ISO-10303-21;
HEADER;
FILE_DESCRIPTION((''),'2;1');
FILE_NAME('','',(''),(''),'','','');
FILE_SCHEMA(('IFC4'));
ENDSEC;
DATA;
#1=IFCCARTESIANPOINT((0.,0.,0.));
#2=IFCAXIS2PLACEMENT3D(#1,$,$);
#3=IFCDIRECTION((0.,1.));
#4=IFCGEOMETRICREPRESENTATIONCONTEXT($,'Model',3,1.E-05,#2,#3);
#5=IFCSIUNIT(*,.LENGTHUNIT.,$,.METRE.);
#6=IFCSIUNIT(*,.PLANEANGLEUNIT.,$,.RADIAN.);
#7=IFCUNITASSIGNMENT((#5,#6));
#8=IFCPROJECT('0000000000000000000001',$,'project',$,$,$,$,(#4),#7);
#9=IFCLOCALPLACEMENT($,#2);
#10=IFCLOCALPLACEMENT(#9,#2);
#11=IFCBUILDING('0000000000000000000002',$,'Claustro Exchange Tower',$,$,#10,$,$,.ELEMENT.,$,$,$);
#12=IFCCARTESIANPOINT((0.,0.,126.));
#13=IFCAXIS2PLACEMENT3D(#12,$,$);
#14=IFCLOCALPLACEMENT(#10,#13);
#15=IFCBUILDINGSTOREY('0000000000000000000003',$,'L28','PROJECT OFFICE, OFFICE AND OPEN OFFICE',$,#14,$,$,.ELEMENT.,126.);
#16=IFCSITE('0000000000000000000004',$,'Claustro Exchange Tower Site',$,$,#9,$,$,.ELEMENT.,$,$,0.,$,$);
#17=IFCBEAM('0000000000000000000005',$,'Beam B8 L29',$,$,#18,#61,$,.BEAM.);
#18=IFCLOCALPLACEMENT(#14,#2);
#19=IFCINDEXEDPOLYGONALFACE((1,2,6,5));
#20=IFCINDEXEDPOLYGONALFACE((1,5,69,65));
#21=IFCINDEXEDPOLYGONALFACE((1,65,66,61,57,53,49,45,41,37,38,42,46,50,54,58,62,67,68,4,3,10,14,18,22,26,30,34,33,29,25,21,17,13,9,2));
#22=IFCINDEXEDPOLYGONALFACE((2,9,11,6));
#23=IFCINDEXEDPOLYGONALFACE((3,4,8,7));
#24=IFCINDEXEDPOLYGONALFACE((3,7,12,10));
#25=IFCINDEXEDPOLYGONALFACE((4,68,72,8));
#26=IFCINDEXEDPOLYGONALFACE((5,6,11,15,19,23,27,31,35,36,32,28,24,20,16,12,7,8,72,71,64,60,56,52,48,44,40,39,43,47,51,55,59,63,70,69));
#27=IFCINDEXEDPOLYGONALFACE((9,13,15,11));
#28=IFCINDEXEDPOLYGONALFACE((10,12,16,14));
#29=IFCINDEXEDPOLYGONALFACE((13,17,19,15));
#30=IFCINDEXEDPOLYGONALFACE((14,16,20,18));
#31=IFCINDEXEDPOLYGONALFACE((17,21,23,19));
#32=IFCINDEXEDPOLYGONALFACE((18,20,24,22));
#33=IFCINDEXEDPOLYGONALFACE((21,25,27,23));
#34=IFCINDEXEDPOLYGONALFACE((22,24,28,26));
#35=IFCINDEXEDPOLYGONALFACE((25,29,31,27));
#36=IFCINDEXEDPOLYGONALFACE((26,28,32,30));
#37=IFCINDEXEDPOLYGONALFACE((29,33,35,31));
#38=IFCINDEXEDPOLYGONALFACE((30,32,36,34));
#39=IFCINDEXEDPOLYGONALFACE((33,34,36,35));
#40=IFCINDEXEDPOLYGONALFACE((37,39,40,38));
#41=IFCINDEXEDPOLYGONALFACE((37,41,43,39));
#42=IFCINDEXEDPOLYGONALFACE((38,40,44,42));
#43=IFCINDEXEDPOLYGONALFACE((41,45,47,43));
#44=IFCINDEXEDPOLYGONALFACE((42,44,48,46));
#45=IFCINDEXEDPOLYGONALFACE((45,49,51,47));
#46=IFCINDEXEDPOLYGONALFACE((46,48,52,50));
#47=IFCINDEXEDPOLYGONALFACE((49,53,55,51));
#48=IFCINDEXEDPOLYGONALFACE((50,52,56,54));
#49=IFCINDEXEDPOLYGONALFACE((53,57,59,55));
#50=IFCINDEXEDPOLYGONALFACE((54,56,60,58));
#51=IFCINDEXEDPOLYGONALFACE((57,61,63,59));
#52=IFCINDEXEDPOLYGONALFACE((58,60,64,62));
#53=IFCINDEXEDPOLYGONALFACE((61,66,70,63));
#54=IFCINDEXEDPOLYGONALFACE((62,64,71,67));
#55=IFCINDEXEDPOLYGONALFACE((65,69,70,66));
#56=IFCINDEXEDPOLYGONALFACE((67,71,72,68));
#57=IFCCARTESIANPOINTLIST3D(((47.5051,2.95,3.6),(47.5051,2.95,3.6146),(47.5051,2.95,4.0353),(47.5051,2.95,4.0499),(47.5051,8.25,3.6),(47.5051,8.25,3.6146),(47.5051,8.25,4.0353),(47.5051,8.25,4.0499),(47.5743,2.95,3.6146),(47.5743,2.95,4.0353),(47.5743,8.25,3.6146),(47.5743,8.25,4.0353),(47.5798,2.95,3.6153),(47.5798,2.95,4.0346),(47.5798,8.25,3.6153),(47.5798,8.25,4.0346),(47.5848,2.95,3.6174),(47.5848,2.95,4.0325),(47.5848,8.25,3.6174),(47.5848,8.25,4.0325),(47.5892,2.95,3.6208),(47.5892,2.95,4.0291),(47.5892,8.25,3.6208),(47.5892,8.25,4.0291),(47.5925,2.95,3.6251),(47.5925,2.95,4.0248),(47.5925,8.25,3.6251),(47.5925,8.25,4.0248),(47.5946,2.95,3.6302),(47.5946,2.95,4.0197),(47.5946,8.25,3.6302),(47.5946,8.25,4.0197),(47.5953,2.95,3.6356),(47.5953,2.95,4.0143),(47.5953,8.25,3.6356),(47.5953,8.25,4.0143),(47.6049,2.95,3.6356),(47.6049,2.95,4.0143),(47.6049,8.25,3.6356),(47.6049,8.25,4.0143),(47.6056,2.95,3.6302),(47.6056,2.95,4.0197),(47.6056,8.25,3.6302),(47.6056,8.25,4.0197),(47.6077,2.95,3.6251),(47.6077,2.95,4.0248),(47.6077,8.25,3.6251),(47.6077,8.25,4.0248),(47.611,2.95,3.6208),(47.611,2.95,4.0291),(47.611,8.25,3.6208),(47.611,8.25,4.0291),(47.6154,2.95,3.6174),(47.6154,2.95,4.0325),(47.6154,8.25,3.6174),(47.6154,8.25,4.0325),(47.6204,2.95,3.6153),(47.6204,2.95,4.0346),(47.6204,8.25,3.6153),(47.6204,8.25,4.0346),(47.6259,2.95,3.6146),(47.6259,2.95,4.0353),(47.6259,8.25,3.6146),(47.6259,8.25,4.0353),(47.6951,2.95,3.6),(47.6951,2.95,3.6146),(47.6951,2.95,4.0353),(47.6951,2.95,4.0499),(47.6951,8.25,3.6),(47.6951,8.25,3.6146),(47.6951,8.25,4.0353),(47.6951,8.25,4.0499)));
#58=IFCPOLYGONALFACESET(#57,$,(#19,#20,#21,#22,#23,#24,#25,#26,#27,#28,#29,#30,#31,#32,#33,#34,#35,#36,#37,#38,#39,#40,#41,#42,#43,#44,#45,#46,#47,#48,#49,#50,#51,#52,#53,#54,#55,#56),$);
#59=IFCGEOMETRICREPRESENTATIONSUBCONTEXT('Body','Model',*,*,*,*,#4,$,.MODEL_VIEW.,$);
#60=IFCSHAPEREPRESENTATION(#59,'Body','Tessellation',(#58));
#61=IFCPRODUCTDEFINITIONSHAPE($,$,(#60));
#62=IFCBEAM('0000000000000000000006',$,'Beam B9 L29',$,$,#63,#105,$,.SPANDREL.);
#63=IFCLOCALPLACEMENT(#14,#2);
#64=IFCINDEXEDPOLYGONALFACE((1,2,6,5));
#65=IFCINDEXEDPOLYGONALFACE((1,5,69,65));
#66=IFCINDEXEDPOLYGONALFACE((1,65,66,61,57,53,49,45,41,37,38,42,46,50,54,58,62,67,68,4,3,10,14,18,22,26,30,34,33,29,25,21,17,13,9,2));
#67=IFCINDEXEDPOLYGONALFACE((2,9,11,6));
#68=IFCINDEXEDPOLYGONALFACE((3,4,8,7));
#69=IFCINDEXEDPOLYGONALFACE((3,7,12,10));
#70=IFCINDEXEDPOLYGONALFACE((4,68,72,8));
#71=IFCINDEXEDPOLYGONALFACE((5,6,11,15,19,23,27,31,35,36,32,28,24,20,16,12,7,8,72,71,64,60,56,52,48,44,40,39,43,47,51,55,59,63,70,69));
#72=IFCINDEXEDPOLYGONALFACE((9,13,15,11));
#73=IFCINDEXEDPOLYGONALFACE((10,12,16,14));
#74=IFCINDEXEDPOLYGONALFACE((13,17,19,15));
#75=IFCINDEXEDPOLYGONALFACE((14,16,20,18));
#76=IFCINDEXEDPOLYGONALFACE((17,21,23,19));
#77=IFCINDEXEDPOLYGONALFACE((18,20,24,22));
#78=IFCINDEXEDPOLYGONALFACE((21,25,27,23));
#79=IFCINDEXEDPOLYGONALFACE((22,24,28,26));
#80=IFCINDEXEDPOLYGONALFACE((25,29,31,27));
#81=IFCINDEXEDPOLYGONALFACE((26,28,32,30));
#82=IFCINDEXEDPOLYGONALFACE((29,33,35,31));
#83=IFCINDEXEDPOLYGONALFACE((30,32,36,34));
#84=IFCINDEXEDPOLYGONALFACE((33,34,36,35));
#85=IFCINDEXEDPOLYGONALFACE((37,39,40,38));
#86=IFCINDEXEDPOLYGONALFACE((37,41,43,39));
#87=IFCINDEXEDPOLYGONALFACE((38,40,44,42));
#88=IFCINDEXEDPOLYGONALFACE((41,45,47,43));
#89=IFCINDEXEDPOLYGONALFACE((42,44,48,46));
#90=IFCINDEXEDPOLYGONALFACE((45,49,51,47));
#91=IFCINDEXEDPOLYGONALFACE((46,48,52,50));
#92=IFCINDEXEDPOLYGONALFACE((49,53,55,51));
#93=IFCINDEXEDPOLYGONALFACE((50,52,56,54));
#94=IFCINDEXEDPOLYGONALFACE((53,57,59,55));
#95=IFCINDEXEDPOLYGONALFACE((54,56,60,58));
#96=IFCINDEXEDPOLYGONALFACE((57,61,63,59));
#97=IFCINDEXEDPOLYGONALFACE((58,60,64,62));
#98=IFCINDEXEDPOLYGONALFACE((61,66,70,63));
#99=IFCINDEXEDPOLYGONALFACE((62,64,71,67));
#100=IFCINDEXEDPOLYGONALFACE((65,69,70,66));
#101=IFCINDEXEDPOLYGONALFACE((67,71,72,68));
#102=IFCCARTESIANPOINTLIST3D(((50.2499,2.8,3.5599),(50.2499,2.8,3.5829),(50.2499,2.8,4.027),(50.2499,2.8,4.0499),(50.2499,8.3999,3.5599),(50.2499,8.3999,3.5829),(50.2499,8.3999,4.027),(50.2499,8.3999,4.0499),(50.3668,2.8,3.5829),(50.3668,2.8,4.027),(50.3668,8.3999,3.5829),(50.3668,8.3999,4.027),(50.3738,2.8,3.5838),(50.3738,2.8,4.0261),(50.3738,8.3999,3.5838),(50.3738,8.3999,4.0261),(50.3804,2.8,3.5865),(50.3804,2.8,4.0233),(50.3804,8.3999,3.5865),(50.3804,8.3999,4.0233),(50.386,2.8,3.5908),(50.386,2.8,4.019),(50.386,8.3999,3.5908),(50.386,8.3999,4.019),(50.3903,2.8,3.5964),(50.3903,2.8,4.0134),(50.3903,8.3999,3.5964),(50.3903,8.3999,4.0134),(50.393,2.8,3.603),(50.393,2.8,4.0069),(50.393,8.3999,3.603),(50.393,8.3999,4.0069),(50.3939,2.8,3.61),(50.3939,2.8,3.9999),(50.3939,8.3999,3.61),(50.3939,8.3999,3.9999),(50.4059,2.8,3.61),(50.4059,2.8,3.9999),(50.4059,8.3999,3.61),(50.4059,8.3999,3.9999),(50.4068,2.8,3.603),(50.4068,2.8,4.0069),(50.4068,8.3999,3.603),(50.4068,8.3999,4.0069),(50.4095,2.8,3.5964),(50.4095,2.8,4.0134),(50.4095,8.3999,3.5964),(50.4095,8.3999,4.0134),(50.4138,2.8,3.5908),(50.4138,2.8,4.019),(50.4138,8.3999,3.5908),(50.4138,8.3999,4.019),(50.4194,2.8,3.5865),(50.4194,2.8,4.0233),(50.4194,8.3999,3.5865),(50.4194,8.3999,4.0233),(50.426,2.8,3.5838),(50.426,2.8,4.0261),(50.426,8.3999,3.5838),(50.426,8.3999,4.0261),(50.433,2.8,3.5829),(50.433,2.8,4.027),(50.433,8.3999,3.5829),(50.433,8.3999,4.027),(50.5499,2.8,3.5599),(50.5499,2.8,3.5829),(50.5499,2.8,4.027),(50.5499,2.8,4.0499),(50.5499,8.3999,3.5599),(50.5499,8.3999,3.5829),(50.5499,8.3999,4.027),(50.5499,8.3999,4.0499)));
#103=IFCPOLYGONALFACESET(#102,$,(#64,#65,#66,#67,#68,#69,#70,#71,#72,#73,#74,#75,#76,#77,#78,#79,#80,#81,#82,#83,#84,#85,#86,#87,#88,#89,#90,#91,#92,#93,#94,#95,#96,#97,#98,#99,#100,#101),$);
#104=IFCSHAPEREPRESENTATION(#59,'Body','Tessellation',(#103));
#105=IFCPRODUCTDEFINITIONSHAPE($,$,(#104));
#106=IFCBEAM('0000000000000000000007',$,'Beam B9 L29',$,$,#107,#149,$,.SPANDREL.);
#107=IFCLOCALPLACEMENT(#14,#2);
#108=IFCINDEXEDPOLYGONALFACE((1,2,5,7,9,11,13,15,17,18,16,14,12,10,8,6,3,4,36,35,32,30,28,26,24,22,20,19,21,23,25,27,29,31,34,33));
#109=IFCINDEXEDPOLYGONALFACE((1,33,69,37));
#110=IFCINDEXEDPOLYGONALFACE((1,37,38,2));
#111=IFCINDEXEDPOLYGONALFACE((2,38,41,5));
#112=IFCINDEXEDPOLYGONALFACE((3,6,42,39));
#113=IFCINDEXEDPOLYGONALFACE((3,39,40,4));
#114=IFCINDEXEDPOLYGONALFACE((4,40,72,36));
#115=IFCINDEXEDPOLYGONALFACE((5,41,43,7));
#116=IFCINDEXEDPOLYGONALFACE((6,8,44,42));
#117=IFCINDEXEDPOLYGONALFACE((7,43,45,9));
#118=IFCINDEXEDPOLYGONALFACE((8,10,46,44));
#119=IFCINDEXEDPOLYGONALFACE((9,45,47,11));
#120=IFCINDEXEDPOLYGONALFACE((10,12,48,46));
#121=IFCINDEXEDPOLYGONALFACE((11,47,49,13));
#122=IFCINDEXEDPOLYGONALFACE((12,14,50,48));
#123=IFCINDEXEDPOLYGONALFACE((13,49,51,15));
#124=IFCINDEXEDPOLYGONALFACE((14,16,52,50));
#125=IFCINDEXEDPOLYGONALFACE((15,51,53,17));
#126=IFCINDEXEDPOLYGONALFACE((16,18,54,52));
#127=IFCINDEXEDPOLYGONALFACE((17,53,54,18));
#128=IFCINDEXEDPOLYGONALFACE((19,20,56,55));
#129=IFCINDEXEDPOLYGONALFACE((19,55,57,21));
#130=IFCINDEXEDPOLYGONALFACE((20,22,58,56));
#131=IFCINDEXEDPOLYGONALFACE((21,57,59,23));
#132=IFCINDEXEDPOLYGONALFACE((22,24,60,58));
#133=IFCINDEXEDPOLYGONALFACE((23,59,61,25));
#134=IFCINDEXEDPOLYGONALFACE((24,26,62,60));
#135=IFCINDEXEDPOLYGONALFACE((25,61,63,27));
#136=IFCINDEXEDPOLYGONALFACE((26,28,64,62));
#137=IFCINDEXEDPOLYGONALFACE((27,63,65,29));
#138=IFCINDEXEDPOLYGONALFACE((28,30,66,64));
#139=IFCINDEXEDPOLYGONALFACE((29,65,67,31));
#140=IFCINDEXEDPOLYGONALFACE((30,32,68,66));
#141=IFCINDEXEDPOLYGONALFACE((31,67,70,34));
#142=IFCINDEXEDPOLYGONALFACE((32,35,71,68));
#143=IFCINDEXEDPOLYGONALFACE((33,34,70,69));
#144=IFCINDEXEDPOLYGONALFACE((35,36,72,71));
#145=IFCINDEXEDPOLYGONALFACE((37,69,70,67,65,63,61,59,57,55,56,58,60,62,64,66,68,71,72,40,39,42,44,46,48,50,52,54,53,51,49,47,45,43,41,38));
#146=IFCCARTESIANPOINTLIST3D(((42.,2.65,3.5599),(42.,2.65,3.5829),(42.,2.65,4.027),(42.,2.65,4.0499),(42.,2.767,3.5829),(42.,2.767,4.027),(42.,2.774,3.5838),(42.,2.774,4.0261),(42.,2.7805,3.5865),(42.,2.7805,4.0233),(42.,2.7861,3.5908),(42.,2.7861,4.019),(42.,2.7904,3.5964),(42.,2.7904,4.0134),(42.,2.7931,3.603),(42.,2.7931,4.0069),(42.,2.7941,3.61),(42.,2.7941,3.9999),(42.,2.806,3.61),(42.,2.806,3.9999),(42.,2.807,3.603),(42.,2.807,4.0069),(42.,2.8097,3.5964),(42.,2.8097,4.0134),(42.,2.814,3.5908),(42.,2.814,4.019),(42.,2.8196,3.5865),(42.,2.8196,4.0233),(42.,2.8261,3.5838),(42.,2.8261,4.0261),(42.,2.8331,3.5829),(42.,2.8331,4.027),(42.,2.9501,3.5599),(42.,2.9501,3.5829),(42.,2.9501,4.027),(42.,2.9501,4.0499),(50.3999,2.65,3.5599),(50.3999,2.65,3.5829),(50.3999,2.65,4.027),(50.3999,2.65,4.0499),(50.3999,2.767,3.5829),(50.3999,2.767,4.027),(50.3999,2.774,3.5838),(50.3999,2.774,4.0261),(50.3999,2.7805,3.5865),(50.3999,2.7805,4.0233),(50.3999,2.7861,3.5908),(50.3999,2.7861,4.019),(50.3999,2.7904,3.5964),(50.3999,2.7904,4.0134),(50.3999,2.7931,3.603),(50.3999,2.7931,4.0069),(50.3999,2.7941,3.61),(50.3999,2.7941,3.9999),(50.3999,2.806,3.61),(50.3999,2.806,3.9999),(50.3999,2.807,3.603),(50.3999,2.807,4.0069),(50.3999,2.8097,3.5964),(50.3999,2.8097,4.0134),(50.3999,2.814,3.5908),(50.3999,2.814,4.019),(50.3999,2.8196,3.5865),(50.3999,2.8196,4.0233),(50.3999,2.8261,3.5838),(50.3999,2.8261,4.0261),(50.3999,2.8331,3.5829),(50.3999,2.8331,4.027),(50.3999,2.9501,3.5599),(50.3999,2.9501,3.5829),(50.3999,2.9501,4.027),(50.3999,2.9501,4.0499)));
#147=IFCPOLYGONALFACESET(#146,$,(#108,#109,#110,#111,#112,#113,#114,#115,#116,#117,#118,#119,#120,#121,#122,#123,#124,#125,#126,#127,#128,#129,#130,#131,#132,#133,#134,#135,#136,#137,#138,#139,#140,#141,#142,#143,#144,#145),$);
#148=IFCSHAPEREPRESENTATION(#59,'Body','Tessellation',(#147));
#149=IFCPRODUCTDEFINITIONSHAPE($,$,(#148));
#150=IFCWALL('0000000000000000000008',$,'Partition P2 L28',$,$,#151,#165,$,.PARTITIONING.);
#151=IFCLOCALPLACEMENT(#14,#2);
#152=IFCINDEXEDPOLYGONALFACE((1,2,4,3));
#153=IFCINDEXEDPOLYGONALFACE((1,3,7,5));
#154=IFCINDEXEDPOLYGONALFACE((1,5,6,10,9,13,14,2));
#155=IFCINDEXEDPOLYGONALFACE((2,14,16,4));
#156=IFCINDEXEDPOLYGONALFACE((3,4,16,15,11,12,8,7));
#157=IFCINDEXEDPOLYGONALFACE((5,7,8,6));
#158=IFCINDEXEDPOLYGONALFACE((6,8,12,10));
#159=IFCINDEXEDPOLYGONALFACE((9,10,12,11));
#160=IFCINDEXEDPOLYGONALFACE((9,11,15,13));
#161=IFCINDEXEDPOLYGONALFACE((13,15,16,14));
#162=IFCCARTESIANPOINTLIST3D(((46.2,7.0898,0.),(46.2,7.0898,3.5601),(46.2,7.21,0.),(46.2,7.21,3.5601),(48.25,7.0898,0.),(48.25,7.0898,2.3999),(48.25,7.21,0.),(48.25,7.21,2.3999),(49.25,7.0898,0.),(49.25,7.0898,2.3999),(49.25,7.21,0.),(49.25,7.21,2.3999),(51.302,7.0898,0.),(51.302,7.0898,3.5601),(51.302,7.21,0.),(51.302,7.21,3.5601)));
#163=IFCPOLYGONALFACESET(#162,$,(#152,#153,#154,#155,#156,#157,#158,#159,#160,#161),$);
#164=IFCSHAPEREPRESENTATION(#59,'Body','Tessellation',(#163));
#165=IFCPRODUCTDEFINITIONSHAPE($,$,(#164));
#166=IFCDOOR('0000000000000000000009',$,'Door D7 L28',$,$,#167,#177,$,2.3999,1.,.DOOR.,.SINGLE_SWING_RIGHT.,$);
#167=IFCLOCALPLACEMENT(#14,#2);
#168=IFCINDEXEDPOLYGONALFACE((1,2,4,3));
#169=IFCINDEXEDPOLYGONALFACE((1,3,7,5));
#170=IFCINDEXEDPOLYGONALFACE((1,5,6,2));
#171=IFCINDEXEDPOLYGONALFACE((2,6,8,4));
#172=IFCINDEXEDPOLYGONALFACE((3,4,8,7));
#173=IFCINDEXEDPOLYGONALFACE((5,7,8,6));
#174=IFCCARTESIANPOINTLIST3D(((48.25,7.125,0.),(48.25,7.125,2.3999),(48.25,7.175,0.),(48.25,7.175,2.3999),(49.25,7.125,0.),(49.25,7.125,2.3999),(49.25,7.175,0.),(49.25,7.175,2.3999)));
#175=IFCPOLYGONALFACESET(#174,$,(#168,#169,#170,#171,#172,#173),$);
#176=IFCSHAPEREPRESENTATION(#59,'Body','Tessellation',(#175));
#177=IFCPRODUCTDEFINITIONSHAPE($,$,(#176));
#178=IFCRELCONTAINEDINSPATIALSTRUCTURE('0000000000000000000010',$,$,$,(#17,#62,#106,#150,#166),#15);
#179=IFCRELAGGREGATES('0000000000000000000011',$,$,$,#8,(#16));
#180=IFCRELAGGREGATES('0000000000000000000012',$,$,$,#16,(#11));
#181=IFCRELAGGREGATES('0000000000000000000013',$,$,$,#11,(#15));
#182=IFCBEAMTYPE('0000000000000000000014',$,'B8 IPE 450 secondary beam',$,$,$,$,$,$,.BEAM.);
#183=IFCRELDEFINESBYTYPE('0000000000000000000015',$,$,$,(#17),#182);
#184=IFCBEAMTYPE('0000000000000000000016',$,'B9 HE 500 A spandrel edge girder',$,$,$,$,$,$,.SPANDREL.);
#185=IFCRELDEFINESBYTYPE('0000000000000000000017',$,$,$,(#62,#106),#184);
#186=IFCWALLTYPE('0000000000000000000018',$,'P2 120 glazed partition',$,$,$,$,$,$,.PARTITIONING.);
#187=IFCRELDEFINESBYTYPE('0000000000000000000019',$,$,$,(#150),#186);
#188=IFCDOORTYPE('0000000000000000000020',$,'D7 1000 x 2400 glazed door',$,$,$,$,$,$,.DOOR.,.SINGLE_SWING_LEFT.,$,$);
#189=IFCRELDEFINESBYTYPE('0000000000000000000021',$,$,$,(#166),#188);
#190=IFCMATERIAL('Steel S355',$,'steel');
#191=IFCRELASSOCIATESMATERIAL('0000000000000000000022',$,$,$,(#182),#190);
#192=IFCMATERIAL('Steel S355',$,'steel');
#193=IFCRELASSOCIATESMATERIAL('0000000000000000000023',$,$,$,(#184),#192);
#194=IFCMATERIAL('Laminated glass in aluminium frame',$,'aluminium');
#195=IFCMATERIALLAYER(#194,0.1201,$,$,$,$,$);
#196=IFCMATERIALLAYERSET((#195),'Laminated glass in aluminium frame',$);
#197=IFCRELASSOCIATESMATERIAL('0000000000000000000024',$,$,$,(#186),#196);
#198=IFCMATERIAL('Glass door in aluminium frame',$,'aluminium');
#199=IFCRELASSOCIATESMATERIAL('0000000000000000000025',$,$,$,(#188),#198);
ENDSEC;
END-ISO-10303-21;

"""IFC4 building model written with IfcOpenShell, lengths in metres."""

from ifc_helpers import new_model, si_unit, direction, frame, frame_2d, origin, origin_2d, place, context, subcontext, project, spatial, rectangle, i_section, extrude, material, layer, layer_set, material_profile, profile_set, type_object, element, fill, save


model = new_model("IFC4")

# Units and contexts
model_context = context("Model", 3, precision=1e-05, world=origin(), true_north=direction((0.0, 1.0)))
body_context = subcontext(model_context, "Body", "Model", "MODEL_VIEW")
ifc_project = project(units=[si_unit("LENGTHUNIT", "METRE"), si_unit("PLANEANGLEUNIT", "RADIAN")], contexts=[model_context])

# Site, building, storey
site_placement = place(None, origin())
site = spatial("IfcSite", under=ifc_project, at=site_placement, Name="Claustro Exchange Tower Site", CompositionType="ELEMENT", RefElevation=0.0)
building_placement = place(site_placement, origin())
building = spatial("IfcBuilding", under=site, at=building_placement, Name="Claustro Exchange Tower", CompositionType="ELEMENT")
storey_placement = place(building_placement, frame((0.0, 0.0, 126.0)))
storey = spatial("IfcBuildingStorey", under=building, at=storey_placement, Name="L28", Description="PROJECT OFFICE, OFFICE AND OPEN OFFICE", CompositionType="ELEMENT", Elevation=126.0)

# Beams
ifc_material_1 = material(Name="Steel S355", Category="steel")
ifc_material_profile_1 = material_profile(ifc_material_1, i_section(OverallWidth=0.1899, OverallDepth=0.45, WebThickness=0.0095, FlangeThickness=0.0146, FilletRadius=0.021, at=origin_2d()), Name="IPE 450")
ifc_profile_set_1 = profile_set([ifc_material_profile_1], Name="Steel S355")
beam_type_1 = type_object("IfcBeamType", Name="B8 IPE 450 secondary beam", PredefinedType="BEAM", material=ifc_profile_set_1)
for number, where, z_axis, x_axis, name in (
    (1, (47.6001, 2.95, 3.825), (0.0, 1.0, 0.0), (-1.0, 0.0, 0.0), "Beam B8 L29"),
):
    element("IfcBeam", number, at=place(storey_placement, frame(where, z_axis=z_axis, x_axis=x_axis)), inside=storey, type_object=beam_type_1, Name=name, PredefinedType="BEAM", context=body_context, shape_type="SweptSolid", body=[
        extrude(i_section(OverallWidth=0.1899, OverallDepth=0.45, WebThickness=0.0095, FlangeThickness=0.0146, FilletRadius=0.021, at=origin_2d()), origin(), (0.0, 0.0, 1.0), 5.3),
    ])
ifc_material_2 = material(Name="Steel S355", Category="steel")
ifc_material_profile_2 = material_profile(ifc_material_2, i_section(OverallWidth=0.3, OverallDepth=0.49, WebThickness=0.012, FlangeThickness=0.0229, FilletRadius=0.0271, at=origin_2d()), Name="HE 500 A")
ifc_profile_set_2 = profile_set([ifc_material_profile_2], Name="Steel S355")
beam_type_2 = type_object("IfcBeamType", Name="B9 HE 500 A spandrel edge girder", PredefinedType="SPANDREL", material=ifc_profile_set_2)
beam_1_placement = place(storey_placement, frame((50.3999, 2.8, 3.8049), z_axis=(0.0, 1.0, 0.0), x_axis=(-1.0, 0.0, 0.0)))
element("IfcBeam", 2, at=beam_1_placement, inside=storey, type_object=beam_type_2, Name="Beam B9 L29", PredefinedType="SPANDREL", context=body_context, shape_type="SweptSolid", body=[
    extrude(i_section(OverallWidth=0.3, OverallDepth=0.49, WebThickness=0.012, FlangeThickness=0.0229, FilletRadius=0.0271, at=origin_2d()), origin(), (0.0, 0.0, 1.0), 5.5999),
])
beam_2_placement = place(storey_placement, frame((42.0, 2.8, 3.8049), z_axis=(1.0, 0.0, 0.0), x_axis=(0.0, 1.0, 0.0)))
element("IfcBeam", 3, at=beam_2_placement, inside=storey, type_object=beam_type_2, Name="Beam B9 L29", PredefinedType="SPANDREL", context=body_context, shape_type="SweptSolid", body=[
    extrude(i_section(OverallWidth=0.3, OverallDepth=0.49, WebThickness=0.012, FlangeThickness=0.0229, FilletRadius=0.0271, at=origin_2d()), origin(), (0.0, 0.0, 1.0), 8.3999),
])

# Wall, opening, door
ifc_material_3 = material(Name="Laminated glass in aluminium frame", Category="aluminium")
ifc_layer_1 = layer(ifc_material_3, 0.1201)
ifc_layer_set_1 = layer_set([ifc_layer_1], Name="Laminated glass in aluminium frame")
wall_type_1 = type_object("IfcWallType", Name="P2 120 glazed partition", PredefinedType="PARTITIONING", material=ifc_layer_set_1)
wall_1_placement = place(storey_placement, frame((46.2, 7.1499, 0.0), z_axis=(0.0, 0.0, 1.0), x_axis=(1.0, 0.0, 0.0)))
wall_1 = element("IfcWall", 4, at=wall_1_placement, inside=storey, type_object=wall_type_1, Name="Partition P2 L28", PredefinedType="PARTITIONING", context=body_context, shape_type="SweptSolid", body=[
    extrude(rectangle(XDim=5.1021, YDim=0.1201, at=frame_2d((2.551, 0.0))), origin(), (0.0, 0.0, 1.0), 3.5601),
])
opening_1_placement = place(wall_1_placement, frame((2.05, 0.0, 0.0)))
opening_1 = element("IfcOpeningElement", 5, at=opening_1_placement, cuts=wall_1, PredefinedType="OPENING", context=body_context, shape_type="SweptSolid", body=[
    extrude(rectangle(XDim=1.0, YDim=2.3999, at=frame_2d((0.5, 1.2))), frame((0.0, 0.0701, 0.0), z_axis=(0.0, -1.0, 0.0), x_axis=(1.0, 0.0, 0.0)), (0.0, 0.0, 1.0), 0.1401),
])
ifc_material_4 = material(Name="Glass door in aluminium frame", Category="aluminium")
door_type = type_object("IfcDoorType", Name="D7 1000 x 2400 glazed door", OperationType="SINGLE_SWING_LEFT", PredefinedType="DOOR", material=ifc_material_4)
door_placement = place(opening_1_placement, frame((1.0, 0.0, 0.0), z_axis=(0.0, 0.0, 1.0), x_axis=(-1.0, 0.0, 0.0)))
door = element("IfcDoor", 6, at=door_placement, inside=storey, type_object=door_type, Name="Door D7 L28", OperationType="SINGLE_SWING_RIGHT", OverallHeight=2.3999, OverallWidth=1.0, PredefinedType="DOOR", context=body_context, shape_type="SweptSolid", body=[
    extrude(rectangle(XDim=1.0, YDim=2.3999, at=frame_2d((0.5, 1.2))), frame((0.0, 0.0249, 0.0), z_axis=(0.0, -1.0, 0.0), x_axis=(1.0, 0.0, 0.0)), (0.0, 0.0, 1.0), 0.05),
])
fill(opening_1, door)

save(model, "model.ifc")
